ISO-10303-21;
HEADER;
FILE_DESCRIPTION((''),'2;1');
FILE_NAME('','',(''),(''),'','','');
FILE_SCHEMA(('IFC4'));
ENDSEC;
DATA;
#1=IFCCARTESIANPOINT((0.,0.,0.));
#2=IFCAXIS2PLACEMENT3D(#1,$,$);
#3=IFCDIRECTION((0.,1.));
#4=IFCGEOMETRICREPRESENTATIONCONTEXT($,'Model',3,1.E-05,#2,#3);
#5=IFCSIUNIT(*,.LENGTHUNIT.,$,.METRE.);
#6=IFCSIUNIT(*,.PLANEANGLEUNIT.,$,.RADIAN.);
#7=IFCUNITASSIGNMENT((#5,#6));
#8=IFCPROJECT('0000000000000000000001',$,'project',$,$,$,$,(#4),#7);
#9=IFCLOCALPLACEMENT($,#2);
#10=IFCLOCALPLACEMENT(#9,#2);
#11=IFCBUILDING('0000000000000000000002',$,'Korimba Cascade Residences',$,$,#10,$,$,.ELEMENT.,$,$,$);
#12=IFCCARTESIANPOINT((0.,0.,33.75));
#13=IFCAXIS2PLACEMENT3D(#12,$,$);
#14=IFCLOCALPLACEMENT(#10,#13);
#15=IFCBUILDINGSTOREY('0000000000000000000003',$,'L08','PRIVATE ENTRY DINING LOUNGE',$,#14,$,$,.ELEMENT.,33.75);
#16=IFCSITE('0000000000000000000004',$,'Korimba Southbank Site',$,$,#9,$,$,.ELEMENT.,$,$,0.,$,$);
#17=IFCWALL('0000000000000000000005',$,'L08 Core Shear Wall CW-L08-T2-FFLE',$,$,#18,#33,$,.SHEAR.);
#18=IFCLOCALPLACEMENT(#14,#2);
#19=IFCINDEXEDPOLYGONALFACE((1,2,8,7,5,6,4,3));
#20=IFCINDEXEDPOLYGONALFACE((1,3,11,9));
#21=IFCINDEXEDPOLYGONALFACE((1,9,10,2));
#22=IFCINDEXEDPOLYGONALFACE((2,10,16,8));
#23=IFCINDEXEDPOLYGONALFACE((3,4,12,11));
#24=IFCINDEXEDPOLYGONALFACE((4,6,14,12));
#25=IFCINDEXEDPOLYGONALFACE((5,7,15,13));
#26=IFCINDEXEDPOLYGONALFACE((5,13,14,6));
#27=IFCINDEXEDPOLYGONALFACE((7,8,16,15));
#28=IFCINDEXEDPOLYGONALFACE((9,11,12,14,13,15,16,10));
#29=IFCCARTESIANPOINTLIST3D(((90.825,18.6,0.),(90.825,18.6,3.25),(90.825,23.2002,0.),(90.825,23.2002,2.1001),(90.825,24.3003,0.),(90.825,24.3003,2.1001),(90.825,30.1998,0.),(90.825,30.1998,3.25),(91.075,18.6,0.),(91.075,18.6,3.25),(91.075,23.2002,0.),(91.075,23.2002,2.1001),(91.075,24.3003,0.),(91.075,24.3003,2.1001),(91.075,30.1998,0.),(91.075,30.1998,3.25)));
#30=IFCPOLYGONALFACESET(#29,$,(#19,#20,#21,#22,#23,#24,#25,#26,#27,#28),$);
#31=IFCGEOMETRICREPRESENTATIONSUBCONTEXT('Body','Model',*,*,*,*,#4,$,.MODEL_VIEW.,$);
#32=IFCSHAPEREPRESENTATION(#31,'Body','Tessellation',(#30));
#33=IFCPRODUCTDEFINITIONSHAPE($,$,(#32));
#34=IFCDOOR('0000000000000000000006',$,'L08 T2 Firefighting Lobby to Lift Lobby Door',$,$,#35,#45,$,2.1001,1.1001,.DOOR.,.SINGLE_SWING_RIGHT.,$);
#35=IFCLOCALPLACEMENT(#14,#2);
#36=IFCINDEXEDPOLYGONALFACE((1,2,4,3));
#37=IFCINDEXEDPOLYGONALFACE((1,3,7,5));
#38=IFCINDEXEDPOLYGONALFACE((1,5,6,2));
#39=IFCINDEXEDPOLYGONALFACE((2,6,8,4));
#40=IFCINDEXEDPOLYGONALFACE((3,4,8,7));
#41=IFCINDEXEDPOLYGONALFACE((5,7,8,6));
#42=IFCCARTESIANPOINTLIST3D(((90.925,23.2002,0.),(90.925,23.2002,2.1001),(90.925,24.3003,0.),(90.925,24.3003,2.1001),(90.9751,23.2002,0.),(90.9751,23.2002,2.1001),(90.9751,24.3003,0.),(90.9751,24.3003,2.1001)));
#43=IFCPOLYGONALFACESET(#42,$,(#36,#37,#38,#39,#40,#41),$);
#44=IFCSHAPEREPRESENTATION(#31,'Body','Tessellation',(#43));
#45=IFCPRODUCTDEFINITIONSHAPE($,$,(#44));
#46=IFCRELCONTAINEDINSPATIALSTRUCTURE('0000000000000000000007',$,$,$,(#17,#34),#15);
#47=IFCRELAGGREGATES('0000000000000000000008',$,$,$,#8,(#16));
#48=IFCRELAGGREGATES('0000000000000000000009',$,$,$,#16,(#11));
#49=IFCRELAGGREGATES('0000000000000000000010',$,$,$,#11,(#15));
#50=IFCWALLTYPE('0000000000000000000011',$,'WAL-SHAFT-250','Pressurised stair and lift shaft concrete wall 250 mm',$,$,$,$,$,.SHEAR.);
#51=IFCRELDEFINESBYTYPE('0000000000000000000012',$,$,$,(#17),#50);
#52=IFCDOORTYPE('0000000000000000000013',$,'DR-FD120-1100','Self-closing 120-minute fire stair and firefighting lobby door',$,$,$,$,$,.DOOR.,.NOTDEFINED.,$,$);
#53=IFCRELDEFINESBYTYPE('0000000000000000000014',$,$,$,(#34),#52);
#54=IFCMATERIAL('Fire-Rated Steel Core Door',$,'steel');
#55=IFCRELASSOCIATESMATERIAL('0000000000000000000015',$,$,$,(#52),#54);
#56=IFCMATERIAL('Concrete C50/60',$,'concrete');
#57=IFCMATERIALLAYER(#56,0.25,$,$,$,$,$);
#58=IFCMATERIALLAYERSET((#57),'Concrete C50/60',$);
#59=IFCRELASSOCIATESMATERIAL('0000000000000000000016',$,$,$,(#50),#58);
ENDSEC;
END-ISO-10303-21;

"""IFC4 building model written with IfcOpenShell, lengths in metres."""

from ifc_helpers import new_model, si_unit, direction, frame, frame_2d, origin, place, context, subcontext, project, spatial, rectangle, extrude, material, layer, layer_set, type_object, element, fill, save


model = new_model("IFC4")

# Units and contexts
model_context = context("Model", 3, precision=1e-05, world=origin(), true_north=direction((0.0, 1.0)))
body_context = subcontext(model_context, "Body", "Model", "MODEL_VIEW")
ifc_project = project(units=[si_unit("LENGTHUNIT", "METRE"), si_unit("PLANEANGLEUNIT", "RADIAN")], contexts=[model_context])

# Site, building, storey
site_placement = place(None, origin())
site = spatial("IfcSite", under=ifc_project, at=site_placement, Name="Korimba Southbank Site", CompositionType="ELEMENT", RefElevation=0.0)
building_placement = place(site_placement, origin())
building = spatial("IfcBuilding", under=site, at=building_placement, Name="Korimba Cascade Residences", CompositionType="ELEMENT")
storey_placement = place(building_placement, frame((0.0, 0.0, 33.75)))
storey = spatial("IfcBuildingStorey", under=building, at=storey_placement, Name="L08", Description="PRIVATE ENTRY DINING LOUNGE", CompositionType="ELEMENT", Elevation=33.75)

# Shared definitions
ifc_material_1 = material(Name="Concrete C50/60", Category="concrete")

# Shared definitions
ifc_material_2 = material(Name="Fire-Rated Steel Core Door", Category="steel")
door_type_1 = type_object("IfcDoorType", Name="DR-FD120-1100", Description="Self-closing 120-minute fire stair and firefighting lobby door", OperationType="NOTDEFINED", PredefinedType="DOOR", material=ifc_material_2)

# Shared definitions
ifc_layer_1 = layer(ifc_material_1, 0.25)
ifc_layer_set_1 = layer_set([ifc_layer_1], Name="Concrete C50/60")
wall_type_1 = type_object("IfcWallType", Name="WAL-SHAFT-250", Description="Pressurised stair and lift shaft concrete wall 250 mm", PredefinedType="SHEAR", material=ifc_layer_set_1)

# Wall, opening, door
wall_1_placement = place(storey_placement, frame((90.95, 18.6001, 0.0), z_axis=(0.0, 0.0, 1.0), x_axis=(0.0, 1.0, 0.0)))
wall_1 = element("IfcWall", 1, at=wall_1_placement, inside=storey, type_object=wall_type_1, Name="L08 Core Shear Wall CW-L08-T2-FFLE", PredefinedType="SHEAR", context=body_context, shape_type="SweptSolid", body=[
    extrude(rectangle(XDim=11.5999, YDim=0.25, at=frame_2d((5.7998, 0.0))), origin(), (0.0, 0.0, 1.0), 3.25),
])
opening_1_placement = place(wall_1_placement, frame((4.6001, 0.0, 0.0)))
opening_1 = element("IfcOpeningElement", 2, at=opening_1_placement, cuts=wall_1, PredefinedType="OPENING", context=body_context, shape_type="SweptSolid", body=[
    extrude(rectangle(XDim=1.1001, YDim=2.1001, at=frame_2d((0.55, 1.05))), frame((0.0, 0.135, 0.0), z_axis=(0.0, -1.0, 0.0), x_axis=(1.0, 0.0, 0.0)), (0.0, 0.0, 1.0), 0.27),
])
door_1_placement = place(opening_1_placement, origin())
door_1 = element("IfcDoor", 3, at=door_1_placement, inside=storey, type_object=door_type_1, Name="L08 T2 Firefighting Lobby to Lift Lobby Door", OperationType="SINGLE_SWING_RIGHT", OverallHeight=2.1001, OverallWidth=1.1001, PredefinedType="DOOR", context=body_context, shape_type="SweptSolid", body=[
    extrude(rectangle(XDim=1.1001, YDim=2.1001, at=frame_2d((0.55, 1.05))), frame((0.0, 0.0249, 0.0), z_axis=(0.0, -1.0, 0.0), x_axis=(1.0, 0.0, 0.0)), (0.0, 0.0, 1.0), 0.05),
])
fill(opening_1, door_1)

save(model, "model.ifc")
